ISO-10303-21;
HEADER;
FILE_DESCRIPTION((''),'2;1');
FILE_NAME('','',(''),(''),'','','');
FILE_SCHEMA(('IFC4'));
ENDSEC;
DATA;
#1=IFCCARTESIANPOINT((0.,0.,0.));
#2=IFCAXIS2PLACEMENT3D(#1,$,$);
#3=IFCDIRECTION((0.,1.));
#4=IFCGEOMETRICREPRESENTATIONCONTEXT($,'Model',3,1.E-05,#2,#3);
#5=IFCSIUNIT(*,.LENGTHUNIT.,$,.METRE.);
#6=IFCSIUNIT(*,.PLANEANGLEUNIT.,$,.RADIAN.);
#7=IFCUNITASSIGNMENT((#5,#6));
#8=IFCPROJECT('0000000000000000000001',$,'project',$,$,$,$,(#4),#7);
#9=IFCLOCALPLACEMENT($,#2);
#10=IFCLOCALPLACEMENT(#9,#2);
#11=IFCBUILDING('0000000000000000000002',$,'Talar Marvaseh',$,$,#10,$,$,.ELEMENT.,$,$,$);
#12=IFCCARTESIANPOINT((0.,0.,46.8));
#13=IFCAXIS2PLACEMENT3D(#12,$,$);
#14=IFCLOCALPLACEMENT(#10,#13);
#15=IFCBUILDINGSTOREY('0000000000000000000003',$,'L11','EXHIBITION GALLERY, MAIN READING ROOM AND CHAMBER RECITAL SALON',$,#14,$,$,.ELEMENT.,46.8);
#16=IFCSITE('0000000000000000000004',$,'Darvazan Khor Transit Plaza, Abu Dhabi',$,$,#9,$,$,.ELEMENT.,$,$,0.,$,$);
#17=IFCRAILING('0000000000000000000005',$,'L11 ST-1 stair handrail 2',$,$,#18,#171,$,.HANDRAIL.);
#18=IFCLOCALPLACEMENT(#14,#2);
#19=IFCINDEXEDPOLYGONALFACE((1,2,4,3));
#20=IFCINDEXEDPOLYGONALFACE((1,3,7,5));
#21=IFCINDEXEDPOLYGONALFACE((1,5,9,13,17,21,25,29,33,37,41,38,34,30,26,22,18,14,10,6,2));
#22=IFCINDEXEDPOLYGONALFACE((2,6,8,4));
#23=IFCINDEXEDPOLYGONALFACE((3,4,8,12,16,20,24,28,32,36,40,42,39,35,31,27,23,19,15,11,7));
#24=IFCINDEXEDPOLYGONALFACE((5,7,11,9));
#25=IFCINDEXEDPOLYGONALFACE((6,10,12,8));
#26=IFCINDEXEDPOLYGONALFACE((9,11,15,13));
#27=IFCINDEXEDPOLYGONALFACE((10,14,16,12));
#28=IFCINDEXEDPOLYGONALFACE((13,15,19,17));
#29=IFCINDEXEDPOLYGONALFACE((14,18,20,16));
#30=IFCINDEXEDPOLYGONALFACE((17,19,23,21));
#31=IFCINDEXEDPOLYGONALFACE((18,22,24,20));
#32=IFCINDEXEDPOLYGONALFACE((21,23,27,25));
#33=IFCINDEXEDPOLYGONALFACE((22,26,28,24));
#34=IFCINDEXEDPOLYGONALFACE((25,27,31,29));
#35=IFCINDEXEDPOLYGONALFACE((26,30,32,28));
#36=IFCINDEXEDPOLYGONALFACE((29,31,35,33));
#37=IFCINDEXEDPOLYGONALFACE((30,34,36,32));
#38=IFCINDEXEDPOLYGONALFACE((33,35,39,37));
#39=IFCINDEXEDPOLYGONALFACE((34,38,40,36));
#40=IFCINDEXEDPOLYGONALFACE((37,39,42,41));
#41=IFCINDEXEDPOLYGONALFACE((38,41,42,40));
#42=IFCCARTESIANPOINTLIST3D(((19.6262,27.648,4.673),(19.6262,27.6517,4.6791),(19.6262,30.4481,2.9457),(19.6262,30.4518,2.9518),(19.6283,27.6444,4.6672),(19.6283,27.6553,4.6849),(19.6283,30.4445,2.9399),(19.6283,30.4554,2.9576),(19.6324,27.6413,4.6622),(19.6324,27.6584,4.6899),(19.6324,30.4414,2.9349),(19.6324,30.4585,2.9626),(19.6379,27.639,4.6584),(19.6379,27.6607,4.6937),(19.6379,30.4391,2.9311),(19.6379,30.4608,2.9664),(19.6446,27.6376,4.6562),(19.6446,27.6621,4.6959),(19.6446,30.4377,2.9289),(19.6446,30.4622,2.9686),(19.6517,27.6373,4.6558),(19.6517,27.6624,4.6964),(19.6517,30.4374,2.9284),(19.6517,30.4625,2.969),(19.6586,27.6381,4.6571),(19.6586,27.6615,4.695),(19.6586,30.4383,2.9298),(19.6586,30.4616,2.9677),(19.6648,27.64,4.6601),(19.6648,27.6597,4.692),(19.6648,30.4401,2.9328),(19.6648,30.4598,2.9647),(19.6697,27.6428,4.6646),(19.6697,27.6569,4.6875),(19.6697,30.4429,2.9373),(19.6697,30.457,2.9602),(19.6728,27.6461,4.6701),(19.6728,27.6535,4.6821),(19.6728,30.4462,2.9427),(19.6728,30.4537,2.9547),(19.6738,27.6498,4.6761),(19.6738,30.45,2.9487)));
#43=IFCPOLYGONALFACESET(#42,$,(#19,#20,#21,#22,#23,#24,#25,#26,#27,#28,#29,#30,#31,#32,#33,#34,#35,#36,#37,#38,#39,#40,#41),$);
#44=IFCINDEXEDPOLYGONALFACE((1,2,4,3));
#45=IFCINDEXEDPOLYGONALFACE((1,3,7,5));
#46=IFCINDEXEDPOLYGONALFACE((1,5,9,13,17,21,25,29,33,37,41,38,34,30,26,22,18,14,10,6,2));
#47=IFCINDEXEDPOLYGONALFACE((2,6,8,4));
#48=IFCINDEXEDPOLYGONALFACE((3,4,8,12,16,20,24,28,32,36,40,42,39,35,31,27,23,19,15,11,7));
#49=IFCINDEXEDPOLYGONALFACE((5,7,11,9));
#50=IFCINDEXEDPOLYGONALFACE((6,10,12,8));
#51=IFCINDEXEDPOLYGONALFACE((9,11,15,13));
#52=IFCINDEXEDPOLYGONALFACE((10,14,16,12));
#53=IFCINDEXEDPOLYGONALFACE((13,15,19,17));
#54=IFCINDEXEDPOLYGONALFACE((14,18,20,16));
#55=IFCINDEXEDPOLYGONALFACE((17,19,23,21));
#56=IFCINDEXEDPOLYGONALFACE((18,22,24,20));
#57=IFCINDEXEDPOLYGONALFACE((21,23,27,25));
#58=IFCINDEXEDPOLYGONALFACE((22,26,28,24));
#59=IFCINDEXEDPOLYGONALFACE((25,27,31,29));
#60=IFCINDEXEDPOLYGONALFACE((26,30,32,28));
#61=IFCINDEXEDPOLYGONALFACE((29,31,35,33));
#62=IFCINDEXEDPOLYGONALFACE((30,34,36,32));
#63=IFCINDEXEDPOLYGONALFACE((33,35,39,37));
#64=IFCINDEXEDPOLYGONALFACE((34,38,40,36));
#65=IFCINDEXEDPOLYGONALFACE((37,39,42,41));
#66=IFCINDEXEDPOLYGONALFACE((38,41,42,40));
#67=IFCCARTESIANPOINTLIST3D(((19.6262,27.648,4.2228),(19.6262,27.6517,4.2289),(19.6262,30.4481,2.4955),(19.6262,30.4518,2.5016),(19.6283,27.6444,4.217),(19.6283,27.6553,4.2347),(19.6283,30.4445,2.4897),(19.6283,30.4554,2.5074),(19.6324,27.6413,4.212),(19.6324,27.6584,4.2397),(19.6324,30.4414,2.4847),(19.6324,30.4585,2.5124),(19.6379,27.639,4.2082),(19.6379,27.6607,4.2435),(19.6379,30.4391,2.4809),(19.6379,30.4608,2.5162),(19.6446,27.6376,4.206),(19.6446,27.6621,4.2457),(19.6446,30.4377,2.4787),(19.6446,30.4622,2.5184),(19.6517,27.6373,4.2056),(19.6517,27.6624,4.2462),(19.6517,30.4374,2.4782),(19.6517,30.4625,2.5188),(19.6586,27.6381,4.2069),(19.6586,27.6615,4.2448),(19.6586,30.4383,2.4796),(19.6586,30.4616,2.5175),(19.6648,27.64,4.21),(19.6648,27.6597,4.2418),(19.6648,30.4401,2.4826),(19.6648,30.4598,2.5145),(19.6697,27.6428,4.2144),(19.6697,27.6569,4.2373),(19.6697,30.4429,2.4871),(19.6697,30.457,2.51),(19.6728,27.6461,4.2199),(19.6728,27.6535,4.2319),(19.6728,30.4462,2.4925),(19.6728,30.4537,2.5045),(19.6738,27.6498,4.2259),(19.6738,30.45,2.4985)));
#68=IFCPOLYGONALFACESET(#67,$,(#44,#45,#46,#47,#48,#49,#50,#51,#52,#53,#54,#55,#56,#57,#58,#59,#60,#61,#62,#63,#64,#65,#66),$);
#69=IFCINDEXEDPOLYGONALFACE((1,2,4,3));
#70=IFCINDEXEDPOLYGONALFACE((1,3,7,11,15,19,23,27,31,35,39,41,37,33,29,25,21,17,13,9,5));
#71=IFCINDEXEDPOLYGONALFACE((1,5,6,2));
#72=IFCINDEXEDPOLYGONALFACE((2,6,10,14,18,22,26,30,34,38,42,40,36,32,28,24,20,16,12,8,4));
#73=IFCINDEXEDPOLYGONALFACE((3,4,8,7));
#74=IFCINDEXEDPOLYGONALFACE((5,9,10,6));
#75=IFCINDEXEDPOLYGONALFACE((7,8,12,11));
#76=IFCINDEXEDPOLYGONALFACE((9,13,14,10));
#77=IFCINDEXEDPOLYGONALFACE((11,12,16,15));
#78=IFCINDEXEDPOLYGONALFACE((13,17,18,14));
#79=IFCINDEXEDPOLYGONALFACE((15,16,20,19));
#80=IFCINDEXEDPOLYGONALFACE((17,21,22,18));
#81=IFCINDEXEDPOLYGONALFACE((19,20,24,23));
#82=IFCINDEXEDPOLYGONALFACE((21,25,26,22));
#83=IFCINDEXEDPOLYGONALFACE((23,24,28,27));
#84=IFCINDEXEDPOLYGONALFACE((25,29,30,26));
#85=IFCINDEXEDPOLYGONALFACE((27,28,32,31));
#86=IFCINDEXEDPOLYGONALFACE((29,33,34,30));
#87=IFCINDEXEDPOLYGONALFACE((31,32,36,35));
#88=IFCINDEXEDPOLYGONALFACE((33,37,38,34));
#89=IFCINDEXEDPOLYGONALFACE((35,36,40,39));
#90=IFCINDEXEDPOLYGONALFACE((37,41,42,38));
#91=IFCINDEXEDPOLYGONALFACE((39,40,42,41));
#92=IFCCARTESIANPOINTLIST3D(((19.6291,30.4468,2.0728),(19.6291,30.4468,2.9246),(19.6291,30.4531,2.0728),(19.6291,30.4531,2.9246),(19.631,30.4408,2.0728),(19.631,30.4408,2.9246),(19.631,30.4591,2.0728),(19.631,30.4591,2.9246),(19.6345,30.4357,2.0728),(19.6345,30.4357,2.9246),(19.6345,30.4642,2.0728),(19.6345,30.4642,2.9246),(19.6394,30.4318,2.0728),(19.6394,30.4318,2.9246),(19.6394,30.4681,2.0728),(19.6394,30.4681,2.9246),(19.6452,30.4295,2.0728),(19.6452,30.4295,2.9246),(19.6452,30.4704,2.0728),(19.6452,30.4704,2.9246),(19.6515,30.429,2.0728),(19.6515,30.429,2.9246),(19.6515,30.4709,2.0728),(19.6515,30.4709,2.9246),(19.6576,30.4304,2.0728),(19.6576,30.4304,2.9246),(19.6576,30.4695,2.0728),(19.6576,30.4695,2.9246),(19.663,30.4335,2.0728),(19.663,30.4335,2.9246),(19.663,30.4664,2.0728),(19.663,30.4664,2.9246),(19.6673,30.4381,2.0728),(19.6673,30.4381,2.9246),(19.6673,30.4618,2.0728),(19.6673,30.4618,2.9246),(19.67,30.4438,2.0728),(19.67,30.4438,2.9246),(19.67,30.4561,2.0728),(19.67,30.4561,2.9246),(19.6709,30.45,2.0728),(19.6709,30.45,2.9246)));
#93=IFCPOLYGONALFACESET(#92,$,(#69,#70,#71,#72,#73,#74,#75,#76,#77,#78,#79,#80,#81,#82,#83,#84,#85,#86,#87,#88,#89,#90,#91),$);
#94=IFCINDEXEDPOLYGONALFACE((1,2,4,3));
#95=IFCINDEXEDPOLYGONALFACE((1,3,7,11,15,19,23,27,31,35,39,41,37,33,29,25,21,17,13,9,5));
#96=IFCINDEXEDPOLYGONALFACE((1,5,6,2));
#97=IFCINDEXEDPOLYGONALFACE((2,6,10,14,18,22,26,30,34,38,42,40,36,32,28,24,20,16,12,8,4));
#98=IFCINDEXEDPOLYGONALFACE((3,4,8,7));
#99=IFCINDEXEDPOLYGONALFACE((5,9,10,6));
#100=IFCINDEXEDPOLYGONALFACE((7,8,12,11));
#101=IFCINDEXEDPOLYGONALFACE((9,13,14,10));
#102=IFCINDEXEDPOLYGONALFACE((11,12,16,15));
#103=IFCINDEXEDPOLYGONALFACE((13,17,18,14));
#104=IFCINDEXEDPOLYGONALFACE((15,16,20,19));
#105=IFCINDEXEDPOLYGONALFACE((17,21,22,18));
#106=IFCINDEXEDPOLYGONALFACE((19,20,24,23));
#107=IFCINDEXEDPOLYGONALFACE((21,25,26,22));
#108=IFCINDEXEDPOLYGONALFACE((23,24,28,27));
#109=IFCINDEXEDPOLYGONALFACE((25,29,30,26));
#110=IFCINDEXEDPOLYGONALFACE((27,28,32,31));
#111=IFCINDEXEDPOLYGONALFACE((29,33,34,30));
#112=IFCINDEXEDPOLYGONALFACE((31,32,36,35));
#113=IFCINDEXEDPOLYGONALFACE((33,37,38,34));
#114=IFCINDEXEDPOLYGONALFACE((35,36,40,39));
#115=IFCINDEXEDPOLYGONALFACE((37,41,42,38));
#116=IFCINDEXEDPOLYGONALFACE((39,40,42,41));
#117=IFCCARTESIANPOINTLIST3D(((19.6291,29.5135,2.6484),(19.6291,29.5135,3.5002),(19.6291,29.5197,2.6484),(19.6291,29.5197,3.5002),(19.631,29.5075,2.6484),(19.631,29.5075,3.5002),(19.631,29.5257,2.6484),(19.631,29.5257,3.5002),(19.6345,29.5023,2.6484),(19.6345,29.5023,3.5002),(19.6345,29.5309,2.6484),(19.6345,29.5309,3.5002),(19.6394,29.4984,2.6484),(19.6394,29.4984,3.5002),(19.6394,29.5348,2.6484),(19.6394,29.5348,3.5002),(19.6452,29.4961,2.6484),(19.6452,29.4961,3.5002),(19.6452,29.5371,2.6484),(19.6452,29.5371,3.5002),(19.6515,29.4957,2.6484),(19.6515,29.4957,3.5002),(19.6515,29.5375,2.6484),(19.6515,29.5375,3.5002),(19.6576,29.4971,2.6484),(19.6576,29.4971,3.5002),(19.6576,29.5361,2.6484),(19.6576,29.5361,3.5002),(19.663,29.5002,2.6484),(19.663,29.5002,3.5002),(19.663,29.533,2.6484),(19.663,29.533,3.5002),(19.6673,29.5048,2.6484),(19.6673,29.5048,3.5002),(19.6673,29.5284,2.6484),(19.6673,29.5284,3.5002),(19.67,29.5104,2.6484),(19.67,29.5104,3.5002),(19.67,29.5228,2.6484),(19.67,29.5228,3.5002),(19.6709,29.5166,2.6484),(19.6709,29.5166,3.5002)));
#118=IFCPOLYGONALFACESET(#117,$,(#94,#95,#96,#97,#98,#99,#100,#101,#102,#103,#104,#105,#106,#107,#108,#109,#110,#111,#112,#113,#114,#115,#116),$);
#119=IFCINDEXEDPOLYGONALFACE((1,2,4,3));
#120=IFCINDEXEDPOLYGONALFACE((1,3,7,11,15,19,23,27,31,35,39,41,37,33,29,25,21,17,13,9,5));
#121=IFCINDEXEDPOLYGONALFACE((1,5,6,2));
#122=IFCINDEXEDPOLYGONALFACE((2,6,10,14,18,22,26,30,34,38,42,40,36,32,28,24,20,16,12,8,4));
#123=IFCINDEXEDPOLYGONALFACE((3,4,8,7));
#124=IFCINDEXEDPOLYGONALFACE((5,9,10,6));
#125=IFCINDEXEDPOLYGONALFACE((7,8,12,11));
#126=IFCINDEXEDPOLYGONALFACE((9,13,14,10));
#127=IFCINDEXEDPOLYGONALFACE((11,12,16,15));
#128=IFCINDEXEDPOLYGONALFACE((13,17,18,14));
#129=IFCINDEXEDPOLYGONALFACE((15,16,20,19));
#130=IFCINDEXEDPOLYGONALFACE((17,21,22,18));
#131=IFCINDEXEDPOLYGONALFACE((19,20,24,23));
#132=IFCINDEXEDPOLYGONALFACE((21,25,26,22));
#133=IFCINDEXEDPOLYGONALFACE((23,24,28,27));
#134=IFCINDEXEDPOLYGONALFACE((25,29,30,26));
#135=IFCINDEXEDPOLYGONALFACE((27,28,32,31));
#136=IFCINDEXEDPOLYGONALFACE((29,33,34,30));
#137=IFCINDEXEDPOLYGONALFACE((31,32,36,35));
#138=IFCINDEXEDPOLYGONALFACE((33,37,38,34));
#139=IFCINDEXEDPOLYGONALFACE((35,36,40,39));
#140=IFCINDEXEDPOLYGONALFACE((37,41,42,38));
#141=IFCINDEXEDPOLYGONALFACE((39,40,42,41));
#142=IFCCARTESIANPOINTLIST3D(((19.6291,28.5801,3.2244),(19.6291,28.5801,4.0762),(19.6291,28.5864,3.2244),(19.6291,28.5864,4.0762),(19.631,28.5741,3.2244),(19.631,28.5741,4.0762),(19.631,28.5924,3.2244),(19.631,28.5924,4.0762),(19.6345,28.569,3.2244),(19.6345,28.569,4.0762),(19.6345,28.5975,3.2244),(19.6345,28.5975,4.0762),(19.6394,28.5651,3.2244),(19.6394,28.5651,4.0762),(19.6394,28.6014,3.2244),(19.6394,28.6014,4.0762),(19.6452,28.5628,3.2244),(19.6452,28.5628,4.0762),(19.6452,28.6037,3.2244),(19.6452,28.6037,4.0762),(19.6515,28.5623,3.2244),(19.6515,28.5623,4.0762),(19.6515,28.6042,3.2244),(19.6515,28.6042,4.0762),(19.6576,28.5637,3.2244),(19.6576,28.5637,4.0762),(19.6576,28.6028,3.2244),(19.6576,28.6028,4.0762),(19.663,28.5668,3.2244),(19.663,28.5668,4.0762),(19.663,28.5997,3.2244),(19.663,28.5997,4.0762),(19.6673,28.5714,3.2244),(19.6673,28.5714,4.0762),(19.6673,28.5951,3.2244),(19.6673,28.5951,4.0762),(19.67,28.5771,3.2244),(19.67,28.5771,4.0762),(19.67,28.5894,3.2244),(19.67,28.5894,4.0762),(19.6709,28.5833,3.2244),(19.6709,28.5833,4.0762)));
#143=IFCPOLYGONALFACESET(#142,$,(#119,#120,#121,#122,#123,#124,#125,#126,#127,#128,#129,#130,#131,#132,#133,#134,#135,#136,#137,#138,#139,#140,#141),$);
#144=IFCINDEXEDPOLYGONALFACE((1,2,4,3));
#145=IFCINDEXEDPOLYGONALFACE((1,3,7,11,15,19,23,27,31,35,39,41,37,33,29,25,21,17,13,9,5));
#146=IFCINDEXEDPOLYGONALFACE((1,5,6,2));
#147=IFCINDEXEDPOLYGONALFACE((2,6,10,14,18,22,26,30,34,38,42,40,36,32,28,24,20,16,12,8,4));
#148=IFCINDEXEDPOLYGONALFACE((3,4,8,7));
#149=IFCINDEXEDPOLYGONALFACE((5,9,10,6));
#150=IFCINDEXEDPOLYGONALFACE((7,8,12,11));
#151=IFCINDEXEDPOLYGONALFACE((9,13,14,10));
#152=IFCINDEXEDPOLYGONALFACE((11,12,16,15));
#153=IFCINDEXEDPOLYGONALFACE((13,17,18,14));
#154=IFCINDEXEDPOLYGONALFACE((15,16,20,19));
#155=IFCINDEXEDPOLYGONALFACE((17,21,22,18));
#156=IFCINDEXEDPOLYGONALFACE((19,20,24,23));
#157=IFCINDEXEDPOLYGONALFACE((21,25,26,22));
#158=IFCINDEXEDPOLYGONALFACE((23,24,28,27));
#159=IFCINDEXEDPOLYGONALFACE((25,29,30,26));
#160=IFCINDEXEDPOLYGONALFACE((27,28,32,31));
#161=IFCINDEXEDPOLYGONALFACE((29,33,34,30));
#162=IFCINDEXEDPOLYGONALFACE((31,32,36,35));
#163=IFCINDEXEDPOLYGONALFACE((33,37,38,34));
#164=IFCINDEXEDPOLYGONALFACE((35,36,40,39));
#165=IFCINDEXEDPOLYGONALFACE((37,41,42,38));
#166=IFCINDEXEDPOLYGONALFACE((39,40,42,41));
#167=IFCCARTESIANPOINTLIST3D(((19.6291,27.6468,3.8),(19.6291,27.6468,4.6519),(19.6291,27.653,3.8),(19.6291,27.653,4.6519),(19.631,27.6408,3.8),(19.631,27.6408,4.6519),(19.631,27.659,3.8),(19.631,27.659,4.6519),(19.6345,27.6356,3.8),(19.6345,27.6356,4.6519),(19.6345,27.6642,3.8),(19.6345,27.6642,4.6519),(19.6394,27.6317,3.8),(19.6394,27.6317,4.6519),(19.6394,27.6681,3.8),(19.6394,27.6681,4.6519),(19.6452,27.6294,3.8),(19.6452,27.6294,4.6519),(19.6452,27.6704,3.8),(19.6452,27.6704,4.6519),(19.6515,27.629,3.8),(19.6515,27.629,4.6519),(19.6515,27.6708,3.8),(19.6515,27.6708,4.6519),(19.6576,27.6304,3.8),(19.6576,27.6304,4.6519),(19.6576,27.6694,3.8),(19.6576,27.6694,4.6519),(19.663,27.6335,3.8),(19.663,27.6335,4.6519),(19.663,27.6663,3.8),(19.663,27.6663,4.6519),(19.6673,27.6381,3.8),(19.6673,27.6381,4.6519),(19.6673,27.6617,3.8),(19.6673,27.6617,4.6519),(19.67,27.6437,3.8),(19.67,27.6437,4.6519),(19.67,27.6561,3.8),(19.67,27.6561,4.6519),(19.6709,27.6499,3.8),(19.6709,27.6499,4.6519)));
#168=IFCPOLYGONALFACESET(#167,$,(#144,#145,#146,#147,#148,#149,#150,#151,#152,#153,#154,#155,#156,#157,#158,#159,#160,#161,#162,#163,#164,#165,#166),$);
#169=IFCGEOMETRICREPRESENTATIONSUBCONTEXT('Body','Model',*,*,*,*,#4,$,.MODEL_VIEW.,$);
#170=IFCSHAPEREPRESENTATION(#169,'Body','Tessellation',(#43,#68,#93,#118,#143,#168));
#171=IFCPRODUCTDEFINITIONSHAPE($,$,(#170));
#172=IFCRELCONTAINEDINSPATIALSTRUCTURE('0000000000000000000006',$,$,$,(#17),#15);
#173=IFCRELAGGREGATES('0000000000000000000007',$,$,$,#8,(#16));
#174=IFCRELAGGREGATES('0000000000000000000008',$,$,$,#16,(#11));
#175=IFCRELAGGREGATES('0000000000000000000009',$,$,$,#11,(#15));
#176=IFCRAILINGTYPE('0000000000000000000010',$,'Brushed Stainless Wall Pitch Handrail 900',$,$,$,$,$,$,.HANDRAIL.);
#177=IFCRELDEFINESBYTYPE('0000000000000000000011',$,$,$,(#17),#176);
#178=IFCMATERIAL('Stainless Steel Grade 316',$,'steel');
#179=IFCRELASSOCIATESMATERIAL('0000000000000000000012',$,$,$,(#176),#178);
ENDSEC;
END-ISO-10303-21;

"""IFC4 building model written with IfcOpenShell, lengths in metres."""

from ifc_helpers import new_model, si_unit, direction, frame, origin, origin_2d, place, context, subcontext, project, spatial, circle, extrude, material, type_object, element, save


model = new_model("IFC4")

# Units and contexts
model_context = context("Model", 3, precision=1e-05, world=origin(), true_north=direction((0.0, 1.0)))
body_context = subcontext(model_context, "Body", "Model", "MODEL_VIEW")
ifc_project = project(units=[si_unit("LENGTHUNIT", "METRE"), si_unit("PLANEANGLEUNIT", "RADIAN")], contexts=[model_context])

# Site, building, storey
site_placement = place(None, origin())
site = spatial("IfcSite", under=ifc_project, at=site_placement, Name="Darvazan Khor Transit Plaza, Abu Dhabi", CompositionType="ELEMENT", RefElevation=0.0)
building_placement = place(site_placement, origin())
building = spatial("IfcBuilding", under=site, at=building_placement, Name="Talar Marvaseh", CompositionType="ELEMENT")
storey_placement = place(building_placement, frame((0.0, 0.0, 46.8)))
storey = spatial("IfcBuildingStorey", under=building, at=storey_placement, Name="L11", Description="EXHIBITION GALLERY, MAIN READING ROOM AND CHAMBER RECITAL SALON", CompositionType="ELEMENT", Elevation=46.8)

# Railing
ifc_material_1 = material(Name="Stainless Steel Grade 316", Category="steel")
railing_type_1 = type_object("IfcRailingType", Name="Brushed Stainless Wall Pitch Handrail 900", PredefinedType="HANDRAIL", material=ifc_material_1)
railing_1_placement = place(storey_placement, frame((19.6499, 30.45, 2.0728)))
element("IfcRailing", 1, at=railing_1_placement, inside=storey, type_object=railing_type_1, Name="L11 ST-1 stair handrail 2", PredefinedType="HANDRAIL", context=body_context, shape_type="SweptSolid", body=[
    extrude(circle(Radius=0.0239, at=origin_2d()), frame((0.0, 0.0, 0.876), z_axis=(0.0, -0.85109, 0.52502), x_axis=(1.0, 0.0, 0.0)), (0.0, 0.0, 1.0), 3.29),
    extrude(circle(Radius=0.0239, at=origin_2d()), frame((0.0, 0.0, 0.4258), z_axis=(0.0, -0.85109, 0.52502), x_axis=(1.0, 0.0, 0.0)), (0.0, 0.0, 1.0), 3.29),
    extrude(circle(Radius=0.021, at=origin_2d()), origin(), (0.0, 0.0, 1.0), 0.8518),
    extrude(circle(Radius=0.021, at=origin_2d()), frame((0.0, -0.9333, 0.5757)), (0.0, 0.0, 1.0), 0.8518),
    extrude(circle(Radius=0.021, at=origin_2d()), frame((0.0, -1.8667, 1.1516)), (0.0, 0.0, 1.0), 0.8518),
    extrude(circle(Radius=0.021, at=origin_2d()), frame((0.0, -2.8, 1.7273)), (0.0, 0.0, 1.0), 0.8518),
])

save(model, "model.ifc")
